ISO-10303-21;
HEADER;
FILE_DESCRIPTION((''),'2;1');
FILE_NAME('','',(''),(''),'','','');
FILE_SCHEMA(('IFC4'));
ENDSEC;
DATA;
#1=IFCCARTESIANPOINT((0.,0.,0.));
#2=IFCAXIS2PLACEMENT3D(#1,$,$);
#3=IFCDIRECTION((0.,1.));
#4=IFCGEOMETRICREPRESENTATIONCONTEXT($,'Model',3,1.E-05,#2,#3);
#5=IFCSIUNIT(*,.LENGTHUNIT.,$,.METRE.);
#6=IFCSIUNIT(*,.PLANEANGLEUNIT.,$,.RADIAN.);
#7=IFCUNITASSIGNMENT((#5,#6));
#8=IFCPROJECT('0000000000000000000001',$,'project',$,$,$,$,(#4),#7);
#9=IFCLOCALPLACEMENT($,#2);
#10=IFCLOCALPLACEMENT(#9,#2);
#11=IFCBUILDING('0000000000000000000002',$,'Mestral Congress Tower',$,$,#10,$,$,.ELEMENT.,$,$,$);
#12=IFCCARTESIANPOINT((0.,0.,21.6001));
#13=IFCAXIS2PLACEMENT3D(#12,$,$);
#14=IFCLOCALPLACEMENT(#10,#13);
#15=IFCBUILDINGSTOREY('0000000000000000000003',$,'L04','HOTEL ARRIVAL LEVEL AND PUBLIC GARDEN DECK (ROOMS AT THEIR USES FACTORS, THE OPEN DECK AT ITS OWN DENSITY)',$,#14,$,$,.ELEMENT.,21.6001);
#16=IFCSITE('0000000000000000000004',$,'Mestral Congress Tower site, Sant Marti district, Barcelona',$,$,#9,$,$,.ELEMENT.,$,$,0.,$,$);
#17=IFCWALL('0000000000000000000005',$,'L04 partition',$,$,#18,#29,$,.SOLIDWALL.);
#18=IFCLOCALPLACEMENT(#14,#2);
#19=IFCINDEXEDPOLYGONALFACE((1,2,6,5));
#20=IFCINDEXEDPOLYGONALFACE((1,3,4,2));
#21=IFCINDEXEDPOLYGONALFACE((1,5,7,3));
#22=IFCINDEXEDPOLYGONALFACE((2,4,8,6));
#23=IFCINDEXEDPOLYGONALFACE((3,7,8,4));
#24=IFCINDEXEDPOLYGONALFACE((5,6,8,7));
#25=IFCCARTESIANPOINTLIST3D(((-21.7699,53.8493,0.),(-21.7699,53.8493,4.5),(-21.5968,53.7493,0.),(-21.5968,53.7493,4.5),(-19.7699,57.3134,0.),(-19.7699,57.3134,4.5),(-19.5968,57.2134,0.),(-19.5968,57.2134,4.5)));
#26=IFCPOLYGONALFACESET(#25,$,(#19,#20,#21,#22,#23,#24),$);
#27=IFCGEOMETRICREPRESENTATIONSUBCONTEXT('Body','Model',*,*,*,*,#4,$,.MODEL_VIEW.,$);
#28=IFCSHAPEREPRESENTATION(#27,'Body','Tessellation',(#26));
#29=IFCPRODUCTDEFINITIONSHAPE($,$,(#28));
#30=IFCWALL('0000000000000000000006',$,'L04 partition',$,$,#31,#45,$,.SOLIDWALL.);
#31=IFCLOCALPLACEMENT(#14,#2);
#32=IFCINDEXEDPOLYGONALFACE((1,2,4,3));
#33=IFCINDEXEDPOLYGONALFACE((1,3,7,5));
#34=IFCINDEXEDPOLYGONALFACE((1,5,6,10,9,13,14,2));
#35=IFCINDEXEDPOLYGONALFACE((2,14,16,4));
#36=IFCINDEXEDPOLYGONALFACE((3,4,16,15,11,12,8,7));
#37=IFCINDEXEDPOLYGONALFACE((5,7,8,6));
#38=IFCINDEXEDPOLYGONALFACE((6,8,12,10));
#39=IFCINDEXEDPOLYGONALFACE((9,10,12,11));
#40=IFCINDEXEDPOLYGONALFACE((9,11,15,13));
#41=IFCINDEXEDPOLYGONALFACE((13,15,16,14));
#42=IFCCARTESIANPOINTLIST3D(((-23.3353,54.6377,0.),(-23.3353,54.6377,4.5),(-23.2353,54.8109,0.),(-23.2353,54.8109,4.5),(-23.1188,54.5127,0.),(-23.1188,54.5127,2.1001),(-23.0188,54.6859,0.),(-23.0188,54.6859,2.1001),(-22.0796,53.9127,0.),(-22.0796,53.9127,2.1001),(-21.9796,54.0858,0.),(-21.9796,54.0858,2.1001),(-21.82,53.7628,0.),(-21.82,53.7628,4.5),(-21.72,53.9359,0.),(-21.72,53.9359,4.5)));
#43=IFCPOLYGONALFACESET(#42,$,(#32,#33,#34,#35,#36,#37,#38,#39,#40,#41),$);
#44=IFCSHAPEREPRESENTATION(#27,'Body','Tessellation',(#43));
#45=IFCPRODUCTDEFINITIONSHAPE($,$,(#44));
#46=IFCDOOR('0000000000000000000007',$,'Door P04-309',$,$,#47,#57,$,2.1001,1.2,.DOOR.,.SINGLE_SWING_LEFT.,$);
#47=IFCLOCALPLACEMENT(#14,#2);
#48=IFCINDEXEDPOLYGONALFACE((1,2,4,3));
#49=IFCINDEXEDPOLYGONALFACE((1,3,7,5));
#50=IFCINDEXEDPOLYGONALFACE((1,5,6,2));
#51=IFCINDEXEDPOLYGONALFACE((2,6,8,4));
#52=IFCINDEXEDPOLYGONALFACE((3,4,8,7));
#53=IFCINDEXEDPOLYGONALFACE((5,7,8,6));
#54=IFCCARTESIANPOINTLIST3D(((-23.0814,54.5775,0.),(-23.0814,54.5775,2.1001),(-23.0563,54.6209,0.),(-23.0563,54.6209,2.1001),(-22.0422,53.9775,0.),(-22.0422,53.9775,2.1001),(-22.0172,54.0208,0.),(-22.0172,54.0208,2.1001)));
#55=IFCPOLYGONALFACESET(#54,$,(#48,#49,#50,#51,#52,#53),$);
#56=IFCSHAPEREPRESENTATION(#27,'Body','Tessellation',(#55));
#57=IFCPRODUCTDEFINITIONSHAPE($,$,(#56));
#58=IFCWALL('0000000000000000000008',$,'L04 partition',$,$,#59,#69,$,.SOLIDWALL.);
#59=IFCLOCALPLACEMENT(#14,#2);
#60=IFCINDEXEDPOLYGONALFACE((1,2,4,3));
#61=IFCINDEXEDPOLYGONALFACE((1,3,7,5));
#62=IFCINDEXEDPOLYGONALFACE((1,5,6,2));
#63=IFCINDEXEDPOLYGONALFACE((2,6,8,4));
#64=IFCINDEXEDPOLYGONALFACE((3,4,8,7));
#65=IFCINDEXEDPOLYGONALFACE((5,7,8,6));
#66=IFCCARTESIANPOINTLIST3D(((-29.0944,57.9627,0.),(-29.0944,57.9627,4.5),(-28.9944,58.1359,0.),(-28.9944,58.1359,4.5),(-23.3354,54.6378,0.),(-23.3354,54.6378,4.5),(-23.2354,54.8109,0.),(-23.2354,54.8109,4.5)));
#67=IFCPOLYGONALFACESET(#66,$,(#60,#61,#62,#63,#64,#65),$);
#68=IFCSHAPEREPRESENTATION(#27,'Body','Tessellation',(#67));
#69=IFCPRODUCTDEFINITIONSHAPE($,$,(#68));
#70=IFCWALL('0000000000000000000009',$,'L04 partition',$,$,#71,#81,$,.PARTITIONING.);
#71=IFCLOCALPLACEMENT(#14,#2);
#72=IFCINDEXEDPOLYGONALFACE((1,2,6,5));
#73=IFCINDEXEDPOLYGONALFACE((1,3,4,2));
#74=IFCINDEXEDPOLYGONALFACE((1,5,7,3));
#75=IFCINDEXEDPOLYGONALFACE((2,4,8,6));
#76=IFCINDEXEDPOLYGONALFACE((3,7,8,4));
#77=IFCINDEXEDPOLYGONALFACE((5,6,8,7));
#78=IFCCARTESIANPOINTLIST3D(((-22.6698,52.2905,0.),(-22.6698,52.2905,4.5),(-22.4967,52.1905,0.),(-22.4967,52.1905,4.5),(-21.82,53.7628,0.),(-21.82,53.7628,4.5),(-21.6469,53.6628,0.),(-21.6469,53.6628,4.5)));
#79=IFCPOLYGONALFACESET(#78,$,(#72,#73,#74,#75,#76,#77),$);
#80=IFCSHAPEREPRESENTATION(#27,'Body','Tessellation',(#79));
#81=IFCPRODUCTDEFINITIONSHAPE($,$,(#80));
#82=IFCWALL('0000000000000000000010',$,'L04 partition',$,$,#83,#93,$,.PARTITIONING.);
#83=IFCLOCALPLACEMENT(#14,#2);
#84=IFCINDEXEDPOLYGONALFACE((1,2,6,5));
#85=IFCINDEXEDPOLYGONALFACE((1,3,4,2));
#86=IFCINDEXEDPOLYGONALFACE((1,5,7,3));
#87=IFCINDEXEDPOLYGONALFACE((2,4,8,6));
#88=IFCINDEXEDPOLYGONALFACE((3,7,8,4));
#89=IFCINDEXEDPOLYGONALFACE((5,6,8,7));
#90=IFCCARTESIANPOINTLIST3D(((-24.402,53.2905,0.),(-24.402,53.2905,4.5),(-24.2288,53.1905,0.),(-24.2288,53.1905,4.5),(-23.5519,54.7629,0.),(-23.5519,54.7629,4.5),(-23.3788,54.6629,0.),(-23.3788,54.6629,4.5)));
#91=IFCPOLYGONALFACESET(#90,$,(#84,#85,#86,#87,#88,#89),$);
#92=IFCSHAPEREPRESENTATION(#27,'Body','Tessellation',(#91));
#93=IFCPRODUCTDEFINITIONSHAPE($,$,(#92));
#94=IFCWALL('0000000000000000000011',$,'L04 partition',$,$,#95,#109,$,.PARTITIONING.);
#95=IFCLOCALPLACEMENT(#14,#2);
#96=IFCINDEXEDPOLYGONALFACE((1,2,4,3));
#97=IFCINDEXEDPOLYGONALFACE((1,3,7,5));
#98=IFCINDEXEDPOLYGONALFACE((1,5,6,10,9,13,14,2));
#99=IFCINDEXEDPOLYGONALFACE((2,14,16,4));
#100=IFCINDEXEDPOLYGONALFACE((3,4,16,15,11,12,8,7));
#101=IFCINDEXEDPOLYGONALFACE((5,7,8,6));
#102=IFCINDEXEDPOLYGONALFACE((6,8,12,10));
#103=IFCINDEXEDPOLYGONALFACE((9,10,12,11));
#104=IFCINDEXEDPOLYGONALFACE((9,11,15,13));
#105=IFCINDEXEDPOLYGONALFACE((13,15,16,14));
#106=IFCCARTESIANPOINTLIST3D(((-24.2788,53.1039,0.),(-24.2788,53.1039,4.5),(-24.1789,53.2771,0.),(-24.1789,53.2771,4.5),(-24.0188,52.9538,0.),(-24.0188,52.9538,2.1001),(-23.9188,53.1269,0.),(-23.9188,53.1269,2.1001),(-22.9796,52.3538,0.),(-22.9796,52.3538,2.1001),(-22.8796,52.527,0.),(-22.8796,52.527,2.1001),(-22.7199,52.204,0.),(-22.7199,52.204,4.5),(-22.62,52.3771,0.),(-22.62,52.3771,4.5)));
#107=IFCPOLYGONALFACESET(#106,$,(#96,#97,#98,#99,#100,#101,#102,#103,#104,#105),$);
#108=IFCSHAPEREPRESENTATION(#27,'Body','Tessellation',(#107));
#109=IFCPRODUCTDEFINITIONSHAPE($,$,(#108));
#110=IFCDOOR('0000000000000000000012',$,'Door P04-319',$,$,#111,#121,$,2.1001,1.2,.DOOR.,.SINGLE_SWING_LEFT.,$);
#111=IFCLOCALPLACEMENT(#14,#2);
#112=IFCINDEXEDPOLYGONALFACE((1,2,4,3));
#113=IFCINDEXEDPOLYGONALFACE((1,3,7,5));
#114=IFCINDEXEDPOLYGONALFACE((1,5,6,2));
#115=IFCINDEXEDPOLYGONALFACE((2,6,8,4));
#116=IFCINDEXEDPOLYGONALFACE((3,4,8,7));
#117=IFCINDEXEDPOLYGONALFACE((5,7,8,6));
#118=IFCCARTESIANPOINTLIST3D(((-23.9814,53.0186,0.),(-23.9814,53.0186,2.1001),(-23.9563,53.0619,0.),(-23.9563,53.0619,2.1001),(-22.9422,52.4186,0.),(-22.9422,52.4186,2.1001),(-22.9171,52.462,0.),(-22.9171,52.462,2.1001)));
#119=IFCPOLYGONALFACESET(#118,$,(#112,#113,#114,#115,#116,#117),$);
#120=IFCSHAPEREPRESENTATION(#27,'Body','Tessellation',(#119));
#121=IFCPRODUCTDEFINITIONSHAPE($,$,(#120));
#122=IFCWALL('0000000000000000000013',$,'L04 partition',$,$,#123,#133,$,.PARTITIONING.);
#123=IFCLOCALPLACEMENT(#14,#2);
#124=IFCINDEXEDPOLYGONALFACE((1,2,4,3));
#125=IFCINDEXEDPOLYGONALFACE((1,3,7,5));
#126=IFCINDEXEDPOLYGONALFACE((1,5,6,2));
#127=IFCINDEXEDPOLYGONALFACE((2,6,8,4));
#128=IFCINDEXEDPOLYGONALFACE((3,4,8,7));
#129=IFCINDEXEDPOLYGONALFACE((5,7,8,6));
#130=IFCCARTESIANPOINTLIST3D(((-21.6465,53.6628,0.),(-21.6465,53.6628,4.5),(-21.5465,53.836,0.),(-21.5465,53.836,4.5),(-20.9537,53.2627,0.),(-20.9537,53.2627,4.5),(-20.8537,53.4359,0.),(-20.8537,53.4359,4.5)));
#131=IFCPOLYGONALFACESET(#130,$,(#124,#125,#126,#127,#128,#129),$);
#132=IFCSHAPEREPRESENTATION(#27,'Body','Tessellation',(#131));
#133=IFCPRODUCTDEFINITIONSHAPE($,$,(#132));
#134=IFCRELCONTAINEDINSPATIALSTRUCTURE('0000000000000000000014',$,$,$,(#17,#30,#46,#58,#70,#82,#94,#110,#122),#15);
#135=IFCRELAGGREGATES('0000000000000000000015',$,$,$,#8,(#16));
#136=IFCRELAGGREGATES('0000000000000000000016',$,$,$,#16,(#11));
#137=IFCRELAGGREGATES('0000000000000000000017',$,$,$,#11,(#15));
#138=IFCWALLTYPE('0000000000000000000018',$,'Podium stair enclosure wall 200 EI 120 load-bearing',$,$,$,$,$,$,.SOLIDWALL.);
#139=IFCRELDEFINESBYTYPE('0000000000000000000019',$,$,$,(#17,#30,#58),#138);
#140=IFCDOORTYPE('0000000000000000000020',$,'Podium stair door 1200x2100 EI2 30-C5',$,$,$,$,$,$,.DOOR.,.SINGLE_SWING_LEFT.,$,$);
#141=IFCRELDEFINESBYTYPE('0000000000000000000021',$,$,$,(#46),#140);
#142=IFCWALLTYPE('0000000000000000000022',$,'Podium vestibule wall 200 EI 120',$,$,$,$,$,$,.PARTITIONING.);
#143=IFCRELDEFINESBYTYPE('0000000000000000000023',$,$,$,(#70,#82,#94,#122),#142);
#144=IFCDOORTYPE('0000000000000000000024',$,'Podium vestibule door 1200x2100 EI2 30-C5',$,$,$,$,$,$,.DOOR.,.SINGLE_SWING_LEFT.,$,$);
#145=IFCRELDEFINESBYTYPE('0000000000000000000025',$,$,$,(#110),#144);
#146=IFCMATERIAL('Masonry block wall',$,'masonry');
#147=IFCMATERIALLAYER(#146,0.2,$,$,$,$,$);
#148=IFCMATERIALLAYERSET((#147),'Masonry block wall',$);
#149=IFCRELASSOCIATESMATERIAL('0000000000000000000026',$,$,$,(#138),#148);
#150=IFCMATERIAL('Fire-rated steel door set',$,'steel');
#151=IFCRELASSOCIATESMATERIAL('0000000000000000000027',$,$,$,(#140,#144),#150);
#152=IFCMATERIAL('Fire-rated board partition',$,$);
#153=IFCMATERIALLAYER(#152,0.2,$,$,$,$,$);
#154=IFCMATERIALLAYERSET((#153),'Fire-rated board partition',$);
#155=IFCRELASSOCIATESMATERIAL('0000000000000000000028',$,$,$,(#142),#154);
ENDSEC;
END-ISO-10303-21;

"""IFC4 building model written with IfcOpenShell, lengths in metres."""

from ifc_helpers import new_model, si_unit, direction, frame, frame_2d, origin, place, context, subcontext, project, spatial, rectangle, extrude, material, layer, layer_set, type_object, element, fill, save


model = new_model("IFC4")

# Units and contexts
model_context = context("Model", 3, precision=1e-05, world=origin(), true_north=direction((0.0, 1.0)))
body_context = subcontext(model_context, "Body", "Model", "MODEL_VIEW")
ifc_project = project(units=[si_unit("LENGTHUNIT", "METRE"), si_unit("PLANEANGLEUNIT", "RADIAN")], contexts=[model_context])

# Site, building, storey
site_placement = place(None, origin())
site = spatial("IfcSite", under=ifc_project, at=site_placement, Name="Mestral Congress Tower site, Sant Marti district, Barcelona", CompositionType="ELEMENT", RefElevation=0.0)
building_placement = place(site_placement, origin())
building = spatial("IfcBuilding", under=site, at=building_placement, Name="Mestral Congress Tower", CompositionType="ELEMENT")
storey_placement = place(building_placement, frame((0.0, 0.0, 21.6001)))
storey = spatial("IfcBuildingStorey", under=building, at=storey_placement, Name="L04", Description="HOTEL ARRIVAL LEVEL AND PUBLIC GARDEN DECK (ROOMS AT THEIR USES FACTORS, THE OPEN DECK AT ITS OWN DENSITY)", CompositionType="ELEMENT", Elevation=21.6001)

# Shared definitions
ifc_material_1 = material(Name="Fire-rated board partition")
ifc_material_2 = material(Name="Fire-rated steel door set", Category="steel")

# Wall
ifc_material_3 = material(Name="Masonry block wall", Category="masonry")
ifc_layer_1 = layer(ifc_material_3, 0.2)
ifc_layer_set_1 = layer_set([ifc_layer_1], Name="Masonry block wall")
wall_type_1 = type_object("IfcWallType", Name="Podium stair enclosure wall 200 EI 120 load-bearing", PredefinedType="SOLIDWALL", material=ifc_layer_set_1)
for number, where, z_axis, x_axis, name in (
    (1, (-19.6833, 57.2634, 0.0), (0.0, 0.0, 1.0), (-0.499999, -0.866026, 0.0), "L04 partition"),
):
    element("IfcWall", number, at=place(storey_placement, frame(where, z_axis=z_axis, x_axis=x_axis)), inside=storey, type_object=wall_type_1, Name=name, PredefinedType="SOLIDWALL", context=body_context, shape_type="SweptSolid", body=[
        extrude(rectangle(XDim=4.0, YDim=0.2, at=frame_2d((2.0, 0.0))), origin(), (0.0, 0.0, 1.0), 4.5),
    ])

# Wall, opening, door
wall_1_placement = place(storey_placement, frame((-23.2854, 54.7244, 0.0), z_axis=(0.0, 0.0, 1.0), x_axis=(0.866002, -0.50004, 0.0)))
wall_1 = element("IfcWall", 2, at=wall_1_placement, inside=storey, type_object=wall_type_1, Name="L04 partition", PredefinedType="SOLIDWALL", context=body_context, shape_type="SweptSolid", body=[
    extrude(rectangle(XDim=1.7498, YDim=0.2, at=frame_2d((0.875, 0.0))), origin(), (0.0, 0.0, 1.0), 4.5),
])
opening_1_placement = place(wall_1_placement, frame((0.25, 0.0, 0.0)))
opening_1 = element("IfcOpeningElement", 3, at=opening_1_placement, cuts=wall_1, PredefinedType="OPENING", context=body_context, shape_type="SweptSolid", body=[
    extrude(rectangle(XDim=1.2, YDim=2.1001, at=frame_2d((0.6001, 1.05))), frame((0.0, 0.1099, 0.0), z_axis=(0.0, -1.0, 0.0), x_axis=(1.0, 0.0, 0.0)), (0.0, 0.0, 1.0), 0.22),
])
door_type_1 = type_object("IfcDoorType", Name="Podium stair door 1200x2100 EI2 30-C5", OperationType="SINGLE_SWING_LEFT", PredefinedType="DOOR", material=ifc_material_2)
door_1_placement = place(opening_1_placement, origin())
door_1 = element("IfcDoor", 4, at=door_1_placement, inside=storey, type_object=door_type_1, Name="Door P04-309", OperationType="SINGLE_SWING_LEFT", OverallHeight=2.1001, OverallWidth=1.2, PredefinedType="DOOR", context=body_context, shape_type="SweptSolid", body=[
    extrude(rectangle(XDim=1.2, YDim=2.1001, at=frame_2d((0.6001, 1.05))), frame((0.0, 0.0249, 0.0), z_axis=(0.0, -1.0, 0.0), x_axis=(1.0, 0.0, 0.0)), (0.0, 0.0, 1.0), 0.05),
])
fill(opening_1, door_1)

# Walls
wall_2_placement = place(storey_placement, frame((-23.2854, 54.7244, 0.0), z_axis=(0.0, 0.0, 1.0), x_axis=(-0.866027, 0.499997, 0.0)))
element("IfcWall", 5, at=wall_2_placement, inside=storey, type_object=wall_type_1, Name="L04 partition", PredefinedType="SOLIDWALL", context=body_context, shape_type="SweptSolid", body=[
    extrude(rectangle(XDim=6.6499, YDim=0.2, at=frame_2d((3.325, 0.0))), origin(), (0.0, 0.0, 1.0), 4.5),
])
ifc_layer_2 = layer(ifc_material_1, 0.2)
ifc_layer_set_2 = layer_set([ifc_layer_2], Name="Fire-rated board partition")
wall_type_2 = type_object("IfcWallType", Name="Podium vestibule wall 200 EI 120", PredefinedType="PARTITIONING", material=ifc_layer_set_2)
wall_3_placement = place(storey_placement, frame((-21.7334, 53.7129, 0.0), z_axis=(0.0, 0.0, 1.0), x_axis=(-0.499892, -0.866088, 0.0)))
element("IfcWall", 6, at=wall_3_placement, inside=storey, type_object=wall_type_2, Name="L04 partition", PredefinedType="PARTITIONING", context=body_context, shape_type="SweptSolid", body=[
    extrude(rectangle(XDim=1.7, YDim=0.2, at=frame_2d((0.8501, 0.0))), origin(), (0.0, 0.0, 1.0), 4.5),
])
wall_4_placement = place(storey_placement, frame((-23.4653, 54.7129, 0.0), z_axis=(0.0, 0.0, 1.0), x_axis=(-0.5, -0.866025, 0.0)))
element("IfcWall", 7, at=wall_4_placement, inside=storey, type_object=wall_type_2, Name="L04 partition", PredefinedType="PARTITIONING", context=body_context, shape_type="SweptSolid", body=[
    extrude(rectangle(XDim=1.7002, YDim=0.2, at=frame_2d((0.8501, 0.0))), origin(), (0.0, 0.0, 1.0), 4.5),
])

# Wall, opening, door
wall_5_placement = place(storey_placement, frame((-24.2288, 53.1904, 0.0), z_axis=(0.0, 0.0, 1.0), x_axis=(0.866048, -0.499961, 0.0)))
wall_5 = element("IfcWall", 8, at=wall_5_placement, inside=storey, type_object=wall_type_2, Name="L04 partition", PredefinedType="PARTITIONING", context=body_context, shape_type="SweptSolid", body=[
    extrude(rectangle(XDim=1.8, YDim=0.2, at=frame_2d((0.8999, 0.0))), origin(), (0.0, 0.0, 1.0), 4.5),
])
opening_2_placement = place(wall_5_placement, frame((0.3, 0.0, 0.0)))
opening_2 = element("IfcOpeningElement", 9, at=opening_2_placement, cuts=wall_5, PredefinedType="OPENING", context=body_context, shape_type="SweptSolid", body=[
    extrude(rectangle(XDim=1.2, YDim=2.1001, at=frame_2d((0.6001, 1.05))), frame((0.0, 0.1099, 0.0), z_axis=(0.0, -1.0, 0.0), x_axis=(1.0, 0.0, 0.0)), (0.0, 0.0, 1.0), 0.22),
])
door_type_2 = type_object("IfcDoorType", Name="Podium vestibule door 1200x2100 EI2 30-C5", OperationType="SINGLE_SWING_LEFT", PredefinedType="DOOR", material=ifc_material_2)
door_2_placement = place(opening_2_placement, origin())
door_2 = element("IfcDoor", 10, at=door_2_placement, inside=storey, type_object=door_type_2, Name="Door P04-319", OperationType="SINGLE_SWING_LEFT", OverallHeight=2.1001, OverallWidth=1.2, PredefinedType="DOOR", context=body_context, shape_type="SweptSolid", body=[
    extrude(rectangle(XDim=1.2, YDim=2.1001, at=frame_2d((0.6001, 1.05))), frame((0.0, 0.0249, 0.0), z_axis=(0.0, -1.0, 0.0), x_axis=(1.0, 0.0, 0.0)), (0.0, 0.0, 1.0), 0.05),
])
fill(opening_2, door_2)

# Wall
wall_6_placement = place(storey_placement, frame((-20.9038, 53.3494, 0.0), z_axis=(0.0, 0.0, 1.0), x_axis=(-0.865962, 0.50011, 0.0)))
element("IfcWall", 11, at=wall_6_placement, inside=storey, type_object=wall_type_2, Name="L04 partition", PredefinedType="PARTITIONING", context=body_context, shape_type="SweptSolid", body=[
    extrude(rectangle(XDim=0.8, YDim=0.2, at=frame_2d((0.3999, 0.0))), origin(), (0.0, 0.0, 1.0), 4.5),
])

save(model, "model.ifc")
